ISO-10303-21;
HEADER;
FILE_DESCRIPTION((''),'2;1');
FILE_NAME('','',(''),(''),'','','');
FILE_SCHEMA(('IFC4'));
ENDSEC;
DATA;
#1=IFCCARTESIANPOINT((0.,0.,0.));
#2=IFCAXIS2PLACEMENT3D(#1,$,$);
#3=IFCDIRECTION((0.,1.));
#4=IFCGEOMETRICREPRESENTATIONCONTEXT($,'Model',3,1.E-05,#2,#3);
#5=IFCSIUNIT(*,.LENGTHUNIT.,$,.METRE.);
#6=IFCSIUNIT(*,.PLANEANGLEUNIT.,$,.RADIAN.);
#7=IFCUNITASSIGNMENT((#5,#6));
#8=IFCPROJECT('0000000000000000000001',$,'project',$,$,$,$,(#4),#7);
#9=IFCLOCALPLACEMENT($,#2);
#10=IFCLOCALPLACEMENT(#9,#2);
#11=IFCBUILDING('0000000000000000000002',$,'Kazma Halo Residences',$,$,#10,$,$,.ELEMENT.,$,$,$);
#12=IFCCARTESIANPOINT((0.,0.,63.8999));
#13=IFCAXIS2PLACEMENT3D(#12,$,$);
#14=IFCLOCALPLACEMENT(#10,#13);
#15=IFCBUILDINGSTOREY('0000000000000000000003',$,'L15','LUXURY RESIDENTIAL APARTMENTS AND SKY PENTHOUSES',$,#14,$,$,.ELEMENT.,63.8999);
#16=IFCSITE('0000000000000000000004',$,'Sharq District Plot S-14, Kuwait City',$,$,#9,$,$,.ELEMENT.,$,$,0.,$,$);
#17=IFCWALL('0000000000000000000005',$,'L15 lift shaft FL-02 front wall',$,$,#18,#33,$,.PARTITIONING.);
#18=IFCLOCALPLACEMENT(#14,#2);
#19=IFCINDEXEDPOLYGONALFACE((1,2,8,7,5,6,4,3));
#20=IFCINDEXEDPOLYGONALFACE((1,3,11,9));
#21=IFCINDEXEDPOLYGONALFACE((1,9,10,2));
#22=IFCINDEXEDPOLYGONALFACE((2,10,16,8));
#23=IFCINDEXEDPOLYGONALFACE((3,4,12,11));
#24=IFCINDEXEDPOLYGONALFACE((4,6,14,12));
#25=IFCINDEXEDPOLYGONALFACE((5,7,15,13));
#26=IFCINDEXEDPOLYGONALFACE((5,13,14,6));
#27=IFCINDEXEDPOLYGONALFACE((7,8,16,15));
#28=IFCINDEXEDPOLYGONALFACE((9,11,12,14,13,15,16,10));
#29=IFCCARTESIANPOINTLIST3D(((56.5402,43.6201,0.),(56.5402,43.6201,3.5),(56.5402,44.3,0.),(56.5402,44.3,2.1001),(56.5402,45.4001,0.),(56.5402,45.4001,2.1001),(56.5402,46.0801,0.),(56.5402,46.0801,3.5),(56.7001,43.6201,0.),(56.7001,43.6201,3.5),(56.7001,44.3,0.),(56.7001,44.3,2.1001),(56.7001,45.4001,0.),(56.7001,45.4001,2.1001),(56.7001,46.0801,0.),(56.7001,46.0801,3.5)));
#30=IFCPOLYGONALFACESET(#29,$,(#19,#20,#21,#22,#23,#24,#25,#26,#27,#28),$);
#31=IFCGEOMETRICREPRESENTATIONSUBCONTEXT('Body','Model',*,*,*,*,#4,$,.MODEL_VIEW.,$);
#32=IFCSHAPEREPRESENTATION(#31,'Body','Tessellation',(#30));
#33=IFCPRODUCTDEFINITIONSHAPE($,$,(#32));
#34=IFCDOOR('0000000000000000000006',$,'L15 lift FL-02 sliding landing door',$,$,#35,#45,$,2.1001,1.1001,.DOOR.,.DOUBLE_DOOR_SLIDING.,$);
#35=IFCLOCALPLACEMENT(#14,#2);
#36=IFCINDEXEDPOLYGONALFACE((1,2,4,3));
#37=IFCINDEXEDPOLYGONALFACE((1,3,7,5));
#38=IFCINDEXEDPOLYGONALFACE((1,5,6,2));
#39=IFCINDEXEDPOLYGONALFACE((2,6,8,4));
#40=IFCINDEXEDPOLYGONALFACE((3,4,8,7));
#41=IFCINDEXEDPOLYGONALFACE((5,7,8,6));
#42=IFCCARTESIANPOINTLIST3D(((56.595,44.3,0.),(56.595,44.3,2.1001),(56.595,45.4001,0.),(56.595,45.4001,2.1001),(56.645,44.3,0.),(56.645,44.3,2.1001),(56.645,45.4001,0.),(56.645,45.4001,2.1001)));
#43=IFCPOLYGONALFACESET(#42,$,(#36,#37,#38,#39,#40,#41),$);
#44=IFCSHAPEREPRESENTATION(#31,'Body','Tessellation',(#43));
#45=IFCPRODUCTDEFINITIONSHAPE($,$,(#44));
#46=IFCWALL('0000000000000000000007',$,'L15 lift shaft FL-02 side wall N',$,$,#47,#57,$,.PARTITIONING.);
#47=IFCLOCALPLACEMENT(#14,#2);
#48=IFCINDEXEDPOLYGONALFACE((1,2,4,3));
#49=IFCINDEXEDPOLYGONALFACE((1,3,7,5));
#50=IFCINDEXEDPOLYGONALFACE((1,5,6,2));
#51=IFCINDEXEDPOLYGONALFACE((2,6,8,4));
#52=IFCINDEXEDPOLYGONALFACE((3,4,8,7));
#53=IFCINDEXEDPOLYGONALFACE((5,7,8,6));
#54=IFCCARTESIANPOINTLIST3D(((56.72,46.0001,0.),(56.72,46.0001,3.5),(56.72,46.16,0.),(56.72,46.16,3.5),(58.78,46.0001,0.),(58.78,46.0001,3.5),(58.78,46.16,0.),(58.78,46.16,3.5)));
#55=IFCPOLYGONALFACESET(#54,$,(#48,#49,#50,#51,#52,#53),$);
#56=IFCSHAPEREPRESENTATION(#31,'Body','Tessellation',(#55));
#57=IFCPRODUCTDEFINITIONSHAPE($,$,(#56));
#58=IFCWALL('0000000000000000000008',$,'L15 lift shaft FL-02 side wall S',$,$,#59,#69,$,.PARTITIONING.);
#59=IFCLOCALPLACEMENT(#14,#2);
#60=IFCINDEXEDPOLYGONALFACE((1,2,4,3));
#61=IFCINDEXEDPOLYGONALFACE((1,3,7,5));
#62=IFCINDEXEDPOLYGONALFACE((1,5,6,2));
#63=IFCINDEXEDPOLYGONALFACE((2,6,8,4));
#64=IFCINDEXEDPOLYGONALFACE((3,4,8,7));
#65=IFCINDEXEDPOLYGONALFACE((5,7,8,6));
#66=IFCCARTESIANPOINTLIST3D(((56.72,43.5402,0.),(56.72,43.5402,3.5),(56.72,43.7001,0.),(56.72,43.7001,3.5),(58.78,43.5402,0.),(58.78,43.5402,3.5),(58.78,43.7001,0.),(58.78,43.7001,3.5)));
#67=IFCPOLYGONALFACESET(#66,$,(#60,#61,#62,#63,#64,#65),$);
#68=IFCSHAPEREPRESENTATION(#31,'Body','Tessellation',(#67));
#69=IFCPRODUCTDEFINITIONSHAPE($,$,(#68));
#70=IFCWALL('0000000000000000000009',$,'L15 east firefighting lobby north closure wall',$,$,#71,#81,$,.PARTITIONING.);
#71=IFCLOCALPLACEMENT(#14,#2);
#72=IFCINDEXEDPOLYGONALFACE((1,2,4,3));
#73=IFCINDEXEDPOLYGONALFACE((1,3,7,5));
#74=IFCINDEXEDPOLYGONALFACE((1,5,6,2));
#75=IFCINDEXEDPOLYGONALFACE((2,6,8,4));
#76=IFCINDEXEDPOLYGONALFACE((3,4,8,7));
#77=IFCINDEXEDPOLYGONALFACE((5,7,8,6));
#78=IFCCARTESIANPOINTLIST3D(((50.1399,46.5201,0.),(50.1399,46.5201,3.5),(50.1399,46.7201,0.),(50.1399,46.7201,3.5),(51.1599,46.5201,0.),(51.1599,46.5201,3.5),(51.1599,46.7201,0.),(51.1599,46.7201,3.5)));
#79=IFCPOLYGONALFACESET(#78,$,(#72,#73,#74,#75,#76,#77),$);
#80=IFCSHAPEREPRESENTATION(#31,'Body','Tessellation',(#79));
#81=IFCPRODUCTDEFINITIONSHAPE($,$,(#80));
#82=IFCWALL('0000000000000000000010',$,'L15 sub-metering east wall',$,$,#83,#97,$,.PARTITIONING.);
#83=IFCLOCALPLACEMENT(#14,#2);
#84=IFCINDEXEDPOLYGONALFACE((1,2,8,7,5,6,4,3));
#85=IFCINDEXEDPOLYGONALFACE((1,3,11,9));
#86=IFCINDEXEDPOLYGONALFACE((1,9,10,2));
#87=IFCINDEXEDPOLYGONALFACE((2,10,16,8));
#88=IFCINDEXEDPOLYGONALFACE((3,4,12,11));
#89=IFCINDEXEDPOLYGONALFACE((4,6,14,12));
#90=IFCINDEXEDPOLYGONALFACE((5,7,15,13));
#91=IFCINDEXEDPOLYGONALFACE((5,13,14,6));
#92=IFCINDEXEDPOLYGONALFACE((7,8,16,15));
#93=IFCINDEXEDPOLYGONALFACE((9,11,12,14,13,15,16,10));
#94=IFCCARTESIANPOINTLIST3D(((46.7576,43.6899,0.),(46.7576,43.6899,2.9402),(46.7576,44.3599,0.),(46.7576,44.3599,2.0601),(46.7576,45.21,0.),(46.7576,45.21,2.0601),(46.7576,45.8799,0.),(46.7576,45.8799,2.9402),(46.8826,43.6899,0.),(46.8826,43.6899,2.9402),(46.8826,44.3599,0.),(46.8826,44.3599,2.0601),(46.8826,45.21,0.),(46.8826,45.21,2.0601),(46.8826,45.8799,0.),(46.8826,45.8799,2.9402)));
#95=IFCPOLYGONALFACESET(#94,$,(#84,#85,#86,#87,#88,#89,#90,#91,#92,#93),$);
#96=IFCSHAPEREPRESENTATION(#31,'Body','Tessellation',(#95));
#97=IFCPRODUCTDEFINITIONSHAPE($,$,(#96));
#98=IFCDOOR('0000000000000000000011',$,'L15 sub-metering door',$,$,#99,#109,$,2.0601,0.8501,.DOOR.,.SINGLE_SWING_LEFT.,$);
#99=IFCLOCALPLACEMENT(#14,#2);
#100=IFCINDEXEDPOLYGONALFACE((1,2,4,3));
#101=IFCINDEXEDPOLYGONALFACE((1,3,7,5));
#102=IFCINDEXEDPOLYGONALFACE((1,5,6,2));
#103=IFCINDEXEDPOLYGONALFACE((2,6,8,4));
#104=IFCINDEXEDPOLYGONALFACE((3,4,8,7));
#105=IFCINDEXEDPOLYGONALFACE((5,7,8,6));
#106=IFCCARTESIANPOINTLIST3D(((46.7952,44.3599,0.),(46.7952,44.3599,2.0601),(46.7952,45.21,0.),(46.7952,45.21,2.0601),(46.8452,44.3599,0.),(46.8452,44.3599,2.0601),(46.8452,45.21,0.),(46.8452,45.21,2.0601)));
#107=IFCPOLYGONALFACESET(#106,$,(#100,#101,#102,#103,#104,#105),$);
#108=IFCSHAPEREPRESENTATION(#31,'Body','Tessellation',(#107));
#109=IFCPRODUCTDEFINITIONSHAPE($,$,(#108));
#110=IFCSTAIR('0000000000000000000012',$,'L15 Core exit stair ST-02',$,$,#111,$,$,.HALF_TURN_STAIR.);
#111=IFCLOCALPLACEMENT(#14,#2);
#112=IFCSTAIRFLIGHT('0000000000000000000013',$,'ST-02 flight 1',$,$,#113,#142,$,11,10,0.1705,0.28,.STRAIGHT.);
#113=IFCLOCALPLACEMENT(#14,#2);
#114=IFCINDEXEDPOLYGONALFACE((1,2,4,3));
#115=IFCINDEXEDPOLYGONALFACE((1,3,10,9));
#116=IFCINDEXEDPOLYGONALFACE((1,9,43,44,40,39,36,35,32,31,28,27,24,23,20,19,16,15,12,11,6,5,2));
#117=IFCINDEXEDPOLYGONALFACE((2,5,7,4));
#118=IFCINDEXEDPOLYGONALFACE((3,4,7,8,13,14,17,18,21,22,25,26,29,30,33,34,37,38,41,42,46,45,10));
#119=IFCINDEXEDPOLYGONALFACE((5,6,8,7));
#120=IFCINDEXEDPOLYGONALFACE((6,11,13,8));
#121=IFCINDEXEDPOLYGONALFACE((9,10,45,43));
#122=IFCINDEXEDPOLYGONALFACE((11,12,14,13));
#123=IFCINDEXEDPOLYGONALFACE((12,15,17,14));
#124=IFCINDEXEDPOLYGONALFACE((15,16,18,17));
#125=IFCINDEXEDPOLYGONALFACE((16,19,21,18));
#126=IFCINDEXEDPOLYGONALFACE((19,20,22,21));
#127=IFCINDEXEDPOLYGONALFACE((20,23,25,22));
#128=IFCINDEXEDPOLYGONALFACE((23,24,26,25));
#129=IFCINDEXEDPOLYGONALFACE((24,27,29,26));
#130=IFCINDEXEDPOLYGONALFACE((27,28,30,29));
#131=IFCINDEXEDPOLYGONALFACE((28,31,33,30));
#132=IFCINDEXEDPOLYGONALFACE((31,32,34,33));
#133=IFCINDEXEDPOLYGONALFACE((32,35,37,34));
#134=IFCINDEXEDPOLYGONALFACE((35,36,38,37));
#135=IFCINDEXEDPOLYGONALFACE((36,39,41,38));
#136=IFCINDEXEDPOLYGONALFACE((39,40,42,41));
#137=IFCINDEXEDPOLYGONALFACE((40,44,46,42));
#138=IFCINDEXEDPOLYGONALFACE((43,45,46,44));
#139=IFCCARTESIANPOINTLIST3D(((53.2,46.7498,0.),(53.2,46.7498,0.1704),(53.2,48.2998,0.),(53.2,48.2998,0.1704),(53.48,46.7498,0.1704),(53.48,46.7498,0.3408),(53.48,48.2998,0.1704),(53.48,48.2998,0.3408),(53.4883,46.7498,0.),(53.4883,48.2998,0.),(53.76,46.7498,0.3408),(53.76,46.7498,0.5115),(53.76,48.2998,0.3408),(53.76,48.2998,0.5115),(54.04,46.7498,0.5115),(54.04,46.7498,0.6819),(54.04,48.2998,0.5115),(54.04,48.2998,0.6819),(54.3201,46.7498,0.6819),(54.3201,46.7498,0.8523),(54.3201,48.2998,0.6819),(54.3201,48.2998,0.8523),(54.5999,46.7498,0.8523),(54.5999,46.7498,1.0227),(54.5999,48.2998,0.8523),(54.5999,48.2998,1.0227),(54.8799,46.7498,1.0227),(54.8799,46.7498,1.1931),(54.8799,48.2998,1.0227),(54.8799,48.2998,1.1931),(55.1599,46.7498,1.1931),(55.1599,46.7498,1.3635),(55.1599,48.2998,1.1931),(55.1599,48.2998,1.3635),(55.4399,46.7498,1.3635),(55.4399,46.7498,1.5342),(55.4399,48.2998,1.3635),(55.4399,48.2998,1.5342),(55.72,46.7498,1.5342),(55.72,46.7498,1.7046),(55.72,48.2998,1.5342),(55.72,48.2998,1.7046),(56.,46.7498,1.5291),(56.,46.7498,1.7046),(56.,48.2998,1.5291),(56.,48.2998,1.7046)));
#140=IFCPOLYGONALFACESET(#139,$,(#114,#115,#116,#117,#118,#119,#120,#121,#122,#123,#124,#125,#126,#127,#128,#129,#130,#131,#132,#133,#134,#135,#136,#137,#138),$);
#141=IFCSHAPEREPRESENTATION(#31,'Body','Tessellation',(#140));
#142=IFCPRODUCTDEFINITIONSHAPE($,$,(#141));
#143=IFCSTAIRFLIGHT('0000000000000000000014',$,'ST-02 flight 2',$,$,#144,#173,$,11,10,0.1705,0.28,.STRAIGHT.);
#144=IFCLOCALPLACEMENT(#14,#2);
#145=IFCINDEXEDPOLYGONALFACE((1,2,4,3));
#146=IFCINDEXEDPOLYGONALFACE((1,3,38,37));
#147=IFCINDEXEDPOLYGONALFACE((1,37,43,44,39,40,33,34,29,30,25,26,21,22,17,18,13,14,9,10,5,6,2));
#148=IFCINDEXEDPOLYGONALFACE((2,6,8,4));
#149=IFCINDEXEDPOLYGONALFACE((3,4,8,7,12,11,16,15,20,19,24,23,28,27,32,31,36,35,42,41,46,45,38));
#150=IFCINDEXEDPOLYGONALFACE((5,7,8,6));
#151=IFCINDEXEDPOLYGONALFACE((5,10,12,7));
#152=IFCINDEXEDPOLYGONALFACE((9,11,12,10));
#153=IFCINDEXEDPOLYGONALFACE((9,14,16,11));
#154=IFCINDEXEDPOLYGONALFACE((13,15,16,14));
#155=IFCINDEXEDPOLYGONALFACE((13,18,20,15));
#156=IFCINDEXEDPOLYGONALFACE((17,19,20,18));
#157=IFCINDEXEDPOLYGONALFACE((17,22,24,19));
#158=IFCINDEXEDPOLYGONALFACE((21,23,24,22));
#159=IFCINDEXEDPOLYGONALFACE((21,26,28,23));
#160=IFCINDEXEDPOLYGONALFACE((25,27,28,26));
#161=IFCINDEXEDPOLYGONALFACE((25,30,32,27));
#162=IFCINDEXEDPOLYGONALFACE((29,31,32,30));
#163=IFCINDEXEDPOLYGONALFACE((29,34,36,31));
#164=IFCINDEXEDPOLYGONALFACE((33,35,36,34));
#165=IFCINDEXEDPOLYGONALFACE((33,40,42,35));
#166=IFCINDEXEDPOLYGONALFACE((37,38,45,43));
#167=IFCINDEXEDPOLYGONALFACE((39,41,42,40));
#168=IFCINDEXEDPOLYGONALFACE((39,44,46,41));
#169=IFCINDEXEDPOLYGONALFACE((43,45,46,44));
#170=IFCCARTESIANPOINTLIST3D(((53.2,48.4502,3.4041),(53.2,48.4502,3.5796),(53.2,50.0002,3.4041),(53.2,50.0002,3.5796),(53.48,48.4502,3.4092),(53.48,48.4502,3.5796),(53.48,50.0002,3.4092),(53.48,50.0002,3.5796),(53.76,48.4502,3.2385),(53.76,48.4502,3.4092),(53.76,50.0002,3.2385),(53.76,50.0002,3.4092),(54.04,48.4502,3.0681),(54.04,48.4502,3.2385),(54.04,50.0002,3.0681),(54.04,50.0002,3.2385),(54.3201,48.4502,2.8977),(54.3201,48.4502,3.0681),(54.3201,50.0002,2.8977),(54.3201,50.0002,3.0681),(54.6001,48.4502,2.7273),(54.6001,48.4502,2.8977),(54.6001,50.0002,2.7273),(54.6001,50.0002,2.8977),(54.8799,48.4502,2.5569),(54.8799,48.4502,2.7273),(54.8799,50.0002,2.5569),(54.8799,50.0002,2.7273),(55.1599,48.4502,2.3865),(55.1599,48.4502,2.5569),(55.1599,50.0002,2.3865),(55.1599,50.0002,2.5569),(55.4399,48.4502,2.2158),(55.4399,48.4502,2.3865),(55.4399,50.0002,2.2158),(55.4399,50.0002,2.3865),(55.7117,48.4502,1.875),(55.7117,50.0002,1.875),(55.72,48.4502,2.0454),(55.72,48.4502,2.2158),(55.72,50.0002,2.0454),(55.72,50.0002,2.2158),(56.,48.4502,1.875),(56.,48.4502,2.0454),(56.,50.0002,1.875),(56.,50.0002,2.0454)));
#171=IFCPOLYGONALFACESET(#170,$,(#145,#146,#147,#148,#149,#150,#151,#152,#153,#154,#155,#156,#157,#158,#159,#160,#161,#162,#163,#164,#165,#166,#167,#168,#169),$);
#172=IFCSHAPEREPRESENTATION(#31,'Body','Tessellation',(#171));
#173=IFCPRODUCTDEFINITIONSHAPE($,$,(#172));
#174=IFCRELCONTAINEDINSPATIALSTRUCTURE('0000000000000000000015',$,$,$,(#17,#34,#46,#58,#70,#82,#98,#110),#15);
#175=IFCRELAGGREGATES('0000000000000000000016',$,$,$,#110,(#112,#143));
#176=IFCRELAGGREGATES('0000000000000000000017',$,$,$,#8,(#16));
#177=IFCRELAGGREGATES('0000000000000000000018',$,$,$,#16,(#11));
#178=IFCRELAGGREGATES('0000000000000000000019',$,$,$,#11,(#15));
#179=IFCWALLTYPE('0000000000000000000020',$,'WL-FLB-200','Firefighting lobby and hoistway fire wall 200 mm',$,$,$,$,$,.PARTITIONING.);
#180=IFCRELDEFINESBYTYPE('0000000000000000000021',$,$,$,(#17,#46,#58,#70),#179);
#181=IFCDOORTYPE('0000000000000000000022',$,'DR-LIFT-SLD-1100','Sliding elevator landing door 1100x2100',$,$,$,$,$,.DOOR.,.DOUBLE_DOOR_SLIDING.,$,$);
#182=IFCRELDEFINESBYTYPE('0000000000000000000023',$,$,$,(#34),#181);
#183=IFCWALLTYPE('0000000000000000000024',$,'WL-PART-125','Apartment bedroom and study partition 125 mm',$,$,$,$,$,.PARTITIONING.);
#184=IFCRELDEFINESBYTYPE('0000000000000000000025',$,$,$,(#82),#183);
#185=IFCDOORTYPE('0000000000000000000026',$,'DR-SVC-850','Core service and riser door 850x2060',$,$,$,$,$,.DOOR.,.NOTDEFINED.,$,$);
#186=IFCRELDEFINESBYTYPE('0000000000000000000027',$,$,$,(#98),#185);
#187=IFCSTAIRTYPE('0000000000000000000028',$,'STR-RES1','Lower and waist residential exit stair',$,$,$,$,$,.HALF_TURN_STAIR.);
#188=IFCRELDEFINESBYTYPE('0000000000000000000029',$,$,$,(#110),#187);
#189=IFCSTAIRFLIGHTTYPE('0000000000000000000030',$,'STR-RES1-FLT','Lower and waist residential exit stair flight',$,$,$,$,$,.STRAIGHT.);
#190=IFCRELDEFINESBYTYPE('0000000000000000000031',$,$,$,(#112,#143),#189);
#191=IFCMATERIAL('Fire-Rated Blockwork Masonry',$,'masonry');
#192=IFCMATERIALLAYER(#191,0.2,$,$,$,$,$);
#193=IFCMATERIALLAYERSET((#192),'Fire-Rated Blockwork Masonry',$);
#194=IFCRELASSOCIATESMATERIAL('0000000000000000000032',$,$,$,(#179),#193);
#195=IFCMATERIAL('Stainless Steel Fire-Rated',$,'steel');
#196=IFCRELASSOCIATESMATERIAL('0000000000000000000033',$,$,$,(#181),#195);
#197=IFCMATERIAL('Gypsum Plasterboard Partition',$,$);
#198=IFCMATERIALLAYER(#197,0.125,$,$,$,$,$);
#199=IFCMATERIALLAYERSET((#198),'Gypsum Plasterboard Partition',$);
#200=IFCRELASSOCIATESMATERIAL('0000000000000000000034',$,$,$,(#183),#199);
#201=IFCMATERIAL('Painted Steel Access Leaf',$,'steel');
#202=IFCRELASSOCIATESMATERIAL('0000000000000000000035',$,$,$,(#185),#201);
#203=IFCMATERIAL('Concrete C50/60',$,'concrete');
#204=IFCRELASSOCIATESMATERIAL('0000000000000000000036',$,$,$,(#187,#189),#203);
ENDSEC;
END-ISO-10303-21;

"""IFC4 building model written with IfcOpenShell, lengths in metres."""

from ifc_helpers import new_model, si_unit, direction, frame, frame_2d, origin, place, context, subcontext, project, spatial, polyline, rectangle, outline, extrude, material, layer, layer_set, type_object, element, fill, aggregate, save


model = new_model("IFC4")

# Units and contexts
model_context = context("Model", 3, precision=1e-05, world=origin(), true_north=direction((0.0, 1.0)))
body_context = subcontext(model_context, "Body", "Model", "MODEL_VIEW")
ifc_project = project(units=[si_unit("LENGTHUNIT", "METRE"), si_unit("PLANEANGLEUNIT", "RADIAN")], contexts=[model_context])

# Site, building, storey
site_placement = place(None, origin())
site = spatial("IfcSite", under=ifc_project, at=site_placement, Name="Sharq District Plot S-14, Kuwait City", CompositionType="ELEMENT", RefElevation=0.0)
building_placement = place(site_placement, origin())
building = spatial("IfcBuilding", under=site, at=building_placement, Name="Kazma Halo Residences", CompositionType="ELEMENT")
storey_placement = place(building_placement, frame((0.0, 0.0, 63.8999)))
storey = spatial("IfcBuildingStorey", under=building, at=storey_placement, Name="L15", Description="LUXURY RESIDENTIAL APARTMENTS AND SKY PENTHOUSES", CompositionType="ELEMENT", Elevation=63.8999)

# Wall, opening, door
ifc_material_1 = material(Name="Fire-Rated Blockwork Masonry", Category="masonry")
ifc_layer_1 = layer(ifc_material_1, 0.2)
ifc_layer_set_1 = layer_set([ifc_layer_1], Name="Fire-Rated Blockwork Masonry")
wall_type_1 = type_object("IfcWallType", Name="WL-FLB-200", Description="Firefighting lobby and hoistway fire wall 200 mm", PredefinedType="PARTITIONING", material=ifc_layer_set_1)
wall_1_placement = place(storey_placement, frame((56.6201, 46.0801, 0.0), z_axis=(0.0, 0.0, 1.0), x_axis=(0.0, -1.0, 0.0)))
wall_1 = element("IfcWall", 1, at=wall_1_placement, inside=storey, type_object=wall_type_1, Name="L15 lift shaft FL-02 front wall", PredefinedType="PARTITIONING", context=body_context, shape_type="SweptSolid", body=[
    extrude(rectangle(XDim=2.46, YDim=0.1599, at=frame_2d((1.23, 0.0))), origin(), (0.0, 0.0, 1.0), 3.5),
])
opening_1_placement = place(wall_1_placement, frame((0.6799, 0.0, 0.0)))
opening_1 = element("IfcOpeningElement", 2, at=opening_1_placement, cuts=wall_1, PredefinedType="OPENING", context=body_context, shape_type="SweptSolid", body=[
    extrude(rectangle(XDim=1.1001, YDim=2.1001, at=frame_2d((0.55, 1.05))), frame((0.0, 0.0898, 0.0), z_axis=(0.0, -1.0, 0.0), x_axis=(1.0, 0.0, 0.0)), (0.0, 0.0, 1.0), 0.1799),
])
ifc_material_2 = material(Name="Stainless Steel Fire-Rated", Category="steel")
door_type_1 = type_object("IfcDoorType", Name="DR-LIFT-SLD-1100", Description="Sliding elevator landing door 1100x2100", OperationType="DOUBLE_DOOR_SLIDING", PredefinedType="DOOR", material=ifc_material_2)
door_1_placement = place(opening_1_placement, origin())
door_1 = element("IfcDoor", 3, at=door_1_placement, inside=storey, type_object=door_type_1, Name="L15 lift FL-02 sliding landing door", OperationType="DOUBLE_DOOR_SLIDING", OverallHeight=2.1001, OverallWidth=1.1001, PredefinedType="DOOR", context=body_context, shape_type="SweptSolid", body=[
    extrude(rectangle(XDim=1.1001, YDim=2.1001, at=frame_2d((0.55, 1.05))), frame((0.0, 0.0249, 0.0), z_axis=(0.0, -1.0, 0.0), x_axis=(1.0, 0.0, 0.0)), (0.0, 0.0, 1.0), 0.05),
])
fill(opening_1, door_1)

# Walls
for number, where, z_axis, x_axis, name in (
    (4, (56.72, 46.0801, 0.0), (0.0, 0.0, 1.0), (1.0, 0.0, 0.0), "L15 lift shaft FL-02 side wall N"),
    (5, (56.72, 43.6201, 0.0), (0.0, 0.0, 1.0), (1.0, 0.0, 0.0), "L15 lift shaft FL-02 side wall S"),
):
    element("IfcWall", number, at=place(storey_placement, frame(where, z_axis=z_axis, x_axis=x_axis)), inside=storey, type_object=wall_type_1, Name=name, PredefinedType="PARTITIONING", context=body_context, shape_type="SweptSolid", body=[
        extrude(rectangle(XDim=2.0601, YDim=0.1599, at=frame_2d((1.03, 0.0))), origin(), (0.0, 0.0, 1.0), 3.5),
    ])
wall_2_placement = place(storey_placement, frame((50.1399, 46.6201, 0.0), z_axis=(0.0, 0.0, 1.0), x_axis=(1.0, 0.0, 0.0)))
element("IfcWall", 6, at=wall_2_placement, inside=storey, type_object=wall_type_1, Name="L15 east firefighting lobby north closure wall", PredefinedType="PARTITIONING", context=body_context, shape_type="SweptSolid", body=[
    extrude(rectangle(XDim=1.02, YDim=0.2, at=frame_2d((0.51, 0.0))), origin(), (0.0, 0.0, 1.0), 3.5),
])

# Wall, opening, door
ifc_material_3 = material(Name="Gypsum Plasterboard Partition")
ifc_layer_2 = layer(ifc_material_3, 0.125)
ifc_layer_set_2 = layer_set([ifc_layer_2], Name="Gypsum Plasterboard Partition")
wall_type_2 = type_object("IfcWallType", Name="WL-PART-125", Description="Apartment bedroom and study partition 125 mm", PredefinedType="PARTITIONING", material=ifc_layer_set_2)
wall_3_placement = place(storey_placement, frame((46.8201, 43.6899, 0.0), z_axis=(0.0, 0.0, 1.0), x_axis=(0.0, 1.0, 0.0)))
wall_3 = element("IfcWall", 7, at=wall_3_placement, inside=storey, type_object=wall_type_2, Name="L15 sub-metering east wall", PredefinedType="PARTITIONING", context=body_context, shape_type="SweptSolid", body=[
    extrude(rectangle(XDim=2.1899, YDim=0.125, at=frame_2d((1.095, 0.0))), origin(), (0.0, 0.0, 1.0), 2.9402),
])
opening_2_placement = place(wall_3_placement, frame((0.6699, 0.0, 0.0)))
opening_2 = element("IfcOpeningElement", 8, at=opening_2_placement, cuts=wall_3, PredefinedType="OPENING", context=body_context, shape_type="SweptSolid", body=[
    extrude(rectangle(XDim=0.8501, YDim=2.0601, at=frame_2d((0.425, 1.03))), frame((0.0, 0.0725, 0.0), z_axis=(0.0, -1.0, 0.0), x_axis=(1.0, 0.0, 0.0)), (0.0, 0.0, 1.0), 0.145),
])
ifc_material_4 = material(Name="Painted Steel Access Leaf", Category="steel")
door_type_2 = type_object("IfcDoorType", Name="DR-SVC-850", Description="Core service and riser door 850x2060", OperationType="NOTDEFINED", PredefinedType="DOOR", material=ifc_material_4)
door_2_placement = place(opening_2_placement, origin())
door_2 = element("IfcDoor", 9, at=door_2_placement, inside=storey, type_object=door_type_2, Name="L15 sub-metering door", OperationType="SINGLE_SWING_LEFT", OverallHeight=2.0601, OverallWidth=0.8501, PredefinedType="DOOR", context=body_context, shape_type="SweptSolid", body=[
    extrude(rectangle(XDim=0.8501, YDim=2.0601, at=frame_2d((0.425, 1.03))), frame((0.0, 0.0249, 0.0), z_axis=(0.0, -1.0, 0.0), x_axis=(1.0, 0.0, 0.0)), (0.0, 0.0, 1.0), 0.05),
])
fill(opening_2, door_2)
ifc_material_5 = material(Name="Concrete C50/60", Category="concrete")

# Stair, stair flights
stair_type = type_object("IfcStairType", Name="STR-RES1", Description="Lower and waist residential exit stair", PredefinedType="HALF_TURN_STAIR", material=ifc_material_5)
stair_placement = place(storey_placement, origin())
stair = element("IfcStair", 10, at=stair_placement, inside=storey, type_object=stair_type, Name="L15 Core exit stair ST-02", PredefinedType="HALF_TURN_STAIR")
stair_flight_type = type_object("IfcStairFlightType", Name="STR-RES1-FLT", Description="Lower and waist residential exit stair flight", PredefinedType="STRAIGHT", material=ifc_material_5)
stair_flight_1_placement = place(storey_placement, frame((53.2, 47.5249, 0.0), z_axis=(0.0, 0.0, 1.0), x_axis=(1.0, 0.0, 0.0)))
stair_flight_1 = element("IfcStairFlight", 11, at=stair_flight_1_placement, type_object=stair_flight_type, Name="ST-02 flight 1", NumberOfRisers=11, NumberOfTreads=10, PredefinedType="STRAIGHT", RiserHeight=0.1705, TreadLength=0.28, context=body_context, shape_type="SweptSolid", body=[
    extrude(outline(polyline([(0.0, 0.0), (0.0, 0.1704), (0.28, 0.1704), (0.28, 0.3408), (0.5601, 0.3408), (0.5601, 0.5115), (0.8401, 0.5115), (0.8401, 0.6819), (1.1201, 0.6819), (1.1201, 0.8523), (1.3999, 0.8523), (1.3999, 1.0227), (1.6799, 1.0227), (1.6799, 1.1931), (1.96, 1.1931), (1.96, 1.3635), (2.24, 1.3635), (2.24, 1.5342), (2.52, 1.5342), (2.52, 1.7046), (2.8, 1.7046), (2.8, 1.875), (2.8, 1.5291), (0.2883, 0.0), (0.0, 0.0)])), frame((0.0, 0.7749, 0.0), z_axis=(0.0, -1.0, 0.0), x_axis=(1.0, 0.0, 0.0)), (0.0, 0.0, 1.0), 1.55),
])
stair_flight_2_placement = place(storey_placement, frame((56.0, 49.2251, 1.875), z_axis=(0.0, 0.0, 1.0), x_axis=(-1.0, 0.0, 0.0)))
stair_flight_2 = element("IfcStairFlight", 12, at=stair_flight_2_placement, type_object=stair_flight_type, Name="ST-02 flight 2", NumberOfRisers=11, NumberOfTreads=10, PredefinedType="STRAIGHT", RiserHeight=0.1705, TreadLength=0.28, context=body_context, shape_type="SweptSolid", body=[
    extrude(outline(polyline([(0.0, 0.0), (0.0, 0.1704), (0.28, 0.1704), (0.28, 0.3408), (0.5601, 0.3408), (0.5601, 0.5115), (0.8401, 0.5115), (0.8401, 0.6819), (1.1201, 0.6819), (1.1201, 0.8523), (1.3999, 0.8523), (1.3999, 1.0227), (1.6799, 1.0227), (1.6799, 1.1931), (1.96, 1.1931), (1.96, 1.3635), (2.24, 1.3635), (2.24, 1.5342), (2.52, 1.5342), (2.52, 1.7046), (2.8, 1.7046), (2.8, 1.875), (2.8, 1.5291), (0.2883, 0.0), (0.0, 0.0)])), frame((0.0, 0.7749, 0.0), z_axis=(0.0, -1.0, 0.0), x_axis=(1.0, 0.0, 0.0)), (0.0, 0.0, 1.0), 1.55),
])
aggregate(stair, [stair_flight_1, stair_flight_2])

save(model, "model.ifc")
